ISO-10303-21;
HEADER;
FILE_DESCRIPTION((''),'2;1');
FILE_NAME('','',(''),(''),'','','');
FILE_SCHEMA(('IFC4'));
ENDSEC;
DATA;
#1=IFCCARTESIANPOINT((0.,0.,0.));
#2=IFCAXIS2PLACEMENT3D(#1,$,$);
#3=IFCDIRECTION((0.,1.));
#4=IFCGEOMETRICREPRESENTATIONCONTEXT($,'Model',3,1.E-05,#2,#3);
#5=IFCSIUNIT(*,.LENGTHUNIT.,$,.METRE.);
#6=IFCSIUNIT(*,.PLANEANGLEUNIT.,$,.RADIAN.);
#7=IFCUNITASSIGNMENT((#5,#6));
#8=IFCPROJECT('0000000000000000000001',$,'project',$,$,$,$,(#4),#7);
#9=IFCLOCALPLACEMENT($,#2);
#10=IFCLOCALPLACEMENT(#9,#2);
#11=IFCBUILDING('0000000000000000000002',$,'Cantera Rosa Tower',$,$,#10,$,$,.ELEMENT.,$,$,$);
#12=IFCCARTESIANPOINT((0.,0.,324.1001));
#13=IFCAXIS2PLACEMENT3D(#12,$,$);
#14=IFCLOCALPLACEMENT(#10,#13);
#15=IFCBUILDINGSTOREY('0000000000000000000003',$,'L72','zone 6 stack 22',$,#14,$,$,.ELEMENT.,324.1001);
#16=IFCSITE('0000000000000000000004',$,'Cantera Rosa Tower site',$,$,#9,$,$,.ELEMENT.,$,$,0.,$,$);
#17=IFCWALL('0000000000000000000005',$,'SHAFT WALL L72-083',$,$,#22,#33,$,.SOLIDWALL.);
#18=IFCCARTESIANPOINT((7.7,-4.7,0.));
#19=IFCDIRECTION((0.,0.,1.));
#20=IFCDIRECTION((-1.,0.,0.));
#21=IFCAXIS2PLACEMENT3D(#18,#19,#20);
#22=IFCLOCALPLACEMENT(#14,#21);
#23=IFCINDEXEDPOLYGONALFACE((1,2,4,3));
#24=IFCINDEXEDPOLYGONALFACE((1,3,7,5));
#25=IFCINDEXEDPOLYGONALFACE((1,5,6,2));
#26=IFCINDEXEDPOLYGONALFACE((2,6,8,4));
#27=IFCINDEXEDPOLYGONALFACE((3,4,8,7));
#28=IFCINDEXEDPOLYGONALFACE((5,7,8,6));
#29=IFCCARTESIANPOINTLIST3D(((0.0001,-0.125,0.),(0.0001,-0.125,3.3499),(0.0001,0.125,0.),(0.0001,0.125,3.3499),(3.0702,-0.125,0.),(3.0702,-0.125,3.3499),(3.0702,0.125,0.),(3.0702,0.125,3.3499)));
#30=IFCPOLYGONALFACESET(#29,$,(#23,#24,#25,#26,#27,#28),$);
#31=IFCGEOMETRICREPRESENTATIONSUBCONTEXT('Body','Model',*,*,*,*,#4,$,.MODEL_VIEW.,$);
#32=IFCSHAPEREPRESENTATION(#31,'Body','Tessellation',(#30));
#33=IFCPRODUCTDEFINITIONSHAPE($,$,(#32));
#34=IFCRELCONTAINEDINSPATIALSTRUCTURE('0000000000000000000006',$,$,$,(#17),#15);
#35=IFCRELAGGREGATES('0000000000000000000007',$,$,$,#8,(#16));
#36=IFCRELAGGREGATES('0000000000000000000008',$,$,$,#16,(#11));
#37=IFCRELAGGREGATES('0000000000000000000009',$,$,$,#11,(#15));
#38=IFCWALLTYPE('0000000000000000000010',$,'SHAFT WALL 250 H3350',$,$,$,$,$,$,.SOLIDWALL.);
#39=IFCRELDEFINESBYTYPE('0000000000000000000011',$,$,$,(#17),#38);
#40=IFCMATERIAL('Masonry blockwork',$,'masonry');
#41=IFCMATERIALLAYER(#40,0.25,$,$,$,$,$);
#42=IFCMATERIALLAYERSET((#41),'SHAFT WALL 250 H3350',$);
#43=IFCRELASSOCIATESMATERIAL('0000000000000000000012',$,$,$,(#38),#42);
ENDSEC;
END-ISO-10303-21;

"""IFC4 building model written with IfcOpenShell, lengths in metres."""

from ifc_helpers import new_model, si_unit, direction, frame, frame_2d, origin, place, context, subcontext, project, spatial, rectangle, extrude, material, layer, layer_set, type_object, element, save


model = new_model("IFC4")

# Units and contexts
model_context = context("Model", 3, precision=1e-05, world=origin(), true_north=direction((0.0, 1.0)))
body_context = subcontext(model_context, "Body", "Model", "MODEL_VIEW")
ifc_project = project(units=[si_unit("LENGTHUNIT", "METRE"), si_unit("PLANEANGLEUNIT", "RADIAN")], contexts=[model_context])

# Site, building, storey
site_placement = place(None, origin())
site = spatial("IfcSite", under=ifc_project, at=site_placement, Name="Cantera Rosa Tower site", CompositionType="ELEMENT", RefElevation=0.0)
building_placement = place(site_placement, origin())
building = spatial("IfcBuilding", under=site, at=building_placement, Name="Cantera Rosa Tower", CompositionType="ELEMENT")
storey_placement = place(building_placement, frame((0.0, 0.0, 324.1001)))
storey = spatial("IfcBuildingStorey", under=building, at=storey_placement, Name="L72", Description="zone 6 stack 22", CompositionType="ELEMENT", Elevation=324.1001)

# Wall
ifc_material_1 = material(Name="Masonry blockwork", Category="masonry")
ifc_layer_1 = layer(ifc_material_1, 0.25)
ifc_layer_set_1 = layer_set([ifc_layer_1], Name="SHAFT WALL 250 H3350")
wall_type_1 = type_object("IfcWallType", Name="SHAFT WALL 250 H3350", PredefinedType="SOLIDWALL", material=ifc_layer_set_1)
wall_1_placement = place(storey_placement, frame((7.7, -4.7, 0.0), z_axis=(0.0, 0.0, 1.0), x_axis=(-1.0, 0.0, 0.0)))
element("IfcWall", 1, at=wall_1_placement, inside=storey, type_object=wall_type_1, Name="SHAFT WALL L72-083", PredefinedType="SOLIDWALL", context=body_context, shape_type="SweptSolid", body=[
    extrude(rectangle(XDim=3.0701, YDim=0.25, at=frame_2d((1.5352, 0.0))), origin(), (0.0, 0.0, 1.0), 3.3499),
])

save(model, "model.ifc")
